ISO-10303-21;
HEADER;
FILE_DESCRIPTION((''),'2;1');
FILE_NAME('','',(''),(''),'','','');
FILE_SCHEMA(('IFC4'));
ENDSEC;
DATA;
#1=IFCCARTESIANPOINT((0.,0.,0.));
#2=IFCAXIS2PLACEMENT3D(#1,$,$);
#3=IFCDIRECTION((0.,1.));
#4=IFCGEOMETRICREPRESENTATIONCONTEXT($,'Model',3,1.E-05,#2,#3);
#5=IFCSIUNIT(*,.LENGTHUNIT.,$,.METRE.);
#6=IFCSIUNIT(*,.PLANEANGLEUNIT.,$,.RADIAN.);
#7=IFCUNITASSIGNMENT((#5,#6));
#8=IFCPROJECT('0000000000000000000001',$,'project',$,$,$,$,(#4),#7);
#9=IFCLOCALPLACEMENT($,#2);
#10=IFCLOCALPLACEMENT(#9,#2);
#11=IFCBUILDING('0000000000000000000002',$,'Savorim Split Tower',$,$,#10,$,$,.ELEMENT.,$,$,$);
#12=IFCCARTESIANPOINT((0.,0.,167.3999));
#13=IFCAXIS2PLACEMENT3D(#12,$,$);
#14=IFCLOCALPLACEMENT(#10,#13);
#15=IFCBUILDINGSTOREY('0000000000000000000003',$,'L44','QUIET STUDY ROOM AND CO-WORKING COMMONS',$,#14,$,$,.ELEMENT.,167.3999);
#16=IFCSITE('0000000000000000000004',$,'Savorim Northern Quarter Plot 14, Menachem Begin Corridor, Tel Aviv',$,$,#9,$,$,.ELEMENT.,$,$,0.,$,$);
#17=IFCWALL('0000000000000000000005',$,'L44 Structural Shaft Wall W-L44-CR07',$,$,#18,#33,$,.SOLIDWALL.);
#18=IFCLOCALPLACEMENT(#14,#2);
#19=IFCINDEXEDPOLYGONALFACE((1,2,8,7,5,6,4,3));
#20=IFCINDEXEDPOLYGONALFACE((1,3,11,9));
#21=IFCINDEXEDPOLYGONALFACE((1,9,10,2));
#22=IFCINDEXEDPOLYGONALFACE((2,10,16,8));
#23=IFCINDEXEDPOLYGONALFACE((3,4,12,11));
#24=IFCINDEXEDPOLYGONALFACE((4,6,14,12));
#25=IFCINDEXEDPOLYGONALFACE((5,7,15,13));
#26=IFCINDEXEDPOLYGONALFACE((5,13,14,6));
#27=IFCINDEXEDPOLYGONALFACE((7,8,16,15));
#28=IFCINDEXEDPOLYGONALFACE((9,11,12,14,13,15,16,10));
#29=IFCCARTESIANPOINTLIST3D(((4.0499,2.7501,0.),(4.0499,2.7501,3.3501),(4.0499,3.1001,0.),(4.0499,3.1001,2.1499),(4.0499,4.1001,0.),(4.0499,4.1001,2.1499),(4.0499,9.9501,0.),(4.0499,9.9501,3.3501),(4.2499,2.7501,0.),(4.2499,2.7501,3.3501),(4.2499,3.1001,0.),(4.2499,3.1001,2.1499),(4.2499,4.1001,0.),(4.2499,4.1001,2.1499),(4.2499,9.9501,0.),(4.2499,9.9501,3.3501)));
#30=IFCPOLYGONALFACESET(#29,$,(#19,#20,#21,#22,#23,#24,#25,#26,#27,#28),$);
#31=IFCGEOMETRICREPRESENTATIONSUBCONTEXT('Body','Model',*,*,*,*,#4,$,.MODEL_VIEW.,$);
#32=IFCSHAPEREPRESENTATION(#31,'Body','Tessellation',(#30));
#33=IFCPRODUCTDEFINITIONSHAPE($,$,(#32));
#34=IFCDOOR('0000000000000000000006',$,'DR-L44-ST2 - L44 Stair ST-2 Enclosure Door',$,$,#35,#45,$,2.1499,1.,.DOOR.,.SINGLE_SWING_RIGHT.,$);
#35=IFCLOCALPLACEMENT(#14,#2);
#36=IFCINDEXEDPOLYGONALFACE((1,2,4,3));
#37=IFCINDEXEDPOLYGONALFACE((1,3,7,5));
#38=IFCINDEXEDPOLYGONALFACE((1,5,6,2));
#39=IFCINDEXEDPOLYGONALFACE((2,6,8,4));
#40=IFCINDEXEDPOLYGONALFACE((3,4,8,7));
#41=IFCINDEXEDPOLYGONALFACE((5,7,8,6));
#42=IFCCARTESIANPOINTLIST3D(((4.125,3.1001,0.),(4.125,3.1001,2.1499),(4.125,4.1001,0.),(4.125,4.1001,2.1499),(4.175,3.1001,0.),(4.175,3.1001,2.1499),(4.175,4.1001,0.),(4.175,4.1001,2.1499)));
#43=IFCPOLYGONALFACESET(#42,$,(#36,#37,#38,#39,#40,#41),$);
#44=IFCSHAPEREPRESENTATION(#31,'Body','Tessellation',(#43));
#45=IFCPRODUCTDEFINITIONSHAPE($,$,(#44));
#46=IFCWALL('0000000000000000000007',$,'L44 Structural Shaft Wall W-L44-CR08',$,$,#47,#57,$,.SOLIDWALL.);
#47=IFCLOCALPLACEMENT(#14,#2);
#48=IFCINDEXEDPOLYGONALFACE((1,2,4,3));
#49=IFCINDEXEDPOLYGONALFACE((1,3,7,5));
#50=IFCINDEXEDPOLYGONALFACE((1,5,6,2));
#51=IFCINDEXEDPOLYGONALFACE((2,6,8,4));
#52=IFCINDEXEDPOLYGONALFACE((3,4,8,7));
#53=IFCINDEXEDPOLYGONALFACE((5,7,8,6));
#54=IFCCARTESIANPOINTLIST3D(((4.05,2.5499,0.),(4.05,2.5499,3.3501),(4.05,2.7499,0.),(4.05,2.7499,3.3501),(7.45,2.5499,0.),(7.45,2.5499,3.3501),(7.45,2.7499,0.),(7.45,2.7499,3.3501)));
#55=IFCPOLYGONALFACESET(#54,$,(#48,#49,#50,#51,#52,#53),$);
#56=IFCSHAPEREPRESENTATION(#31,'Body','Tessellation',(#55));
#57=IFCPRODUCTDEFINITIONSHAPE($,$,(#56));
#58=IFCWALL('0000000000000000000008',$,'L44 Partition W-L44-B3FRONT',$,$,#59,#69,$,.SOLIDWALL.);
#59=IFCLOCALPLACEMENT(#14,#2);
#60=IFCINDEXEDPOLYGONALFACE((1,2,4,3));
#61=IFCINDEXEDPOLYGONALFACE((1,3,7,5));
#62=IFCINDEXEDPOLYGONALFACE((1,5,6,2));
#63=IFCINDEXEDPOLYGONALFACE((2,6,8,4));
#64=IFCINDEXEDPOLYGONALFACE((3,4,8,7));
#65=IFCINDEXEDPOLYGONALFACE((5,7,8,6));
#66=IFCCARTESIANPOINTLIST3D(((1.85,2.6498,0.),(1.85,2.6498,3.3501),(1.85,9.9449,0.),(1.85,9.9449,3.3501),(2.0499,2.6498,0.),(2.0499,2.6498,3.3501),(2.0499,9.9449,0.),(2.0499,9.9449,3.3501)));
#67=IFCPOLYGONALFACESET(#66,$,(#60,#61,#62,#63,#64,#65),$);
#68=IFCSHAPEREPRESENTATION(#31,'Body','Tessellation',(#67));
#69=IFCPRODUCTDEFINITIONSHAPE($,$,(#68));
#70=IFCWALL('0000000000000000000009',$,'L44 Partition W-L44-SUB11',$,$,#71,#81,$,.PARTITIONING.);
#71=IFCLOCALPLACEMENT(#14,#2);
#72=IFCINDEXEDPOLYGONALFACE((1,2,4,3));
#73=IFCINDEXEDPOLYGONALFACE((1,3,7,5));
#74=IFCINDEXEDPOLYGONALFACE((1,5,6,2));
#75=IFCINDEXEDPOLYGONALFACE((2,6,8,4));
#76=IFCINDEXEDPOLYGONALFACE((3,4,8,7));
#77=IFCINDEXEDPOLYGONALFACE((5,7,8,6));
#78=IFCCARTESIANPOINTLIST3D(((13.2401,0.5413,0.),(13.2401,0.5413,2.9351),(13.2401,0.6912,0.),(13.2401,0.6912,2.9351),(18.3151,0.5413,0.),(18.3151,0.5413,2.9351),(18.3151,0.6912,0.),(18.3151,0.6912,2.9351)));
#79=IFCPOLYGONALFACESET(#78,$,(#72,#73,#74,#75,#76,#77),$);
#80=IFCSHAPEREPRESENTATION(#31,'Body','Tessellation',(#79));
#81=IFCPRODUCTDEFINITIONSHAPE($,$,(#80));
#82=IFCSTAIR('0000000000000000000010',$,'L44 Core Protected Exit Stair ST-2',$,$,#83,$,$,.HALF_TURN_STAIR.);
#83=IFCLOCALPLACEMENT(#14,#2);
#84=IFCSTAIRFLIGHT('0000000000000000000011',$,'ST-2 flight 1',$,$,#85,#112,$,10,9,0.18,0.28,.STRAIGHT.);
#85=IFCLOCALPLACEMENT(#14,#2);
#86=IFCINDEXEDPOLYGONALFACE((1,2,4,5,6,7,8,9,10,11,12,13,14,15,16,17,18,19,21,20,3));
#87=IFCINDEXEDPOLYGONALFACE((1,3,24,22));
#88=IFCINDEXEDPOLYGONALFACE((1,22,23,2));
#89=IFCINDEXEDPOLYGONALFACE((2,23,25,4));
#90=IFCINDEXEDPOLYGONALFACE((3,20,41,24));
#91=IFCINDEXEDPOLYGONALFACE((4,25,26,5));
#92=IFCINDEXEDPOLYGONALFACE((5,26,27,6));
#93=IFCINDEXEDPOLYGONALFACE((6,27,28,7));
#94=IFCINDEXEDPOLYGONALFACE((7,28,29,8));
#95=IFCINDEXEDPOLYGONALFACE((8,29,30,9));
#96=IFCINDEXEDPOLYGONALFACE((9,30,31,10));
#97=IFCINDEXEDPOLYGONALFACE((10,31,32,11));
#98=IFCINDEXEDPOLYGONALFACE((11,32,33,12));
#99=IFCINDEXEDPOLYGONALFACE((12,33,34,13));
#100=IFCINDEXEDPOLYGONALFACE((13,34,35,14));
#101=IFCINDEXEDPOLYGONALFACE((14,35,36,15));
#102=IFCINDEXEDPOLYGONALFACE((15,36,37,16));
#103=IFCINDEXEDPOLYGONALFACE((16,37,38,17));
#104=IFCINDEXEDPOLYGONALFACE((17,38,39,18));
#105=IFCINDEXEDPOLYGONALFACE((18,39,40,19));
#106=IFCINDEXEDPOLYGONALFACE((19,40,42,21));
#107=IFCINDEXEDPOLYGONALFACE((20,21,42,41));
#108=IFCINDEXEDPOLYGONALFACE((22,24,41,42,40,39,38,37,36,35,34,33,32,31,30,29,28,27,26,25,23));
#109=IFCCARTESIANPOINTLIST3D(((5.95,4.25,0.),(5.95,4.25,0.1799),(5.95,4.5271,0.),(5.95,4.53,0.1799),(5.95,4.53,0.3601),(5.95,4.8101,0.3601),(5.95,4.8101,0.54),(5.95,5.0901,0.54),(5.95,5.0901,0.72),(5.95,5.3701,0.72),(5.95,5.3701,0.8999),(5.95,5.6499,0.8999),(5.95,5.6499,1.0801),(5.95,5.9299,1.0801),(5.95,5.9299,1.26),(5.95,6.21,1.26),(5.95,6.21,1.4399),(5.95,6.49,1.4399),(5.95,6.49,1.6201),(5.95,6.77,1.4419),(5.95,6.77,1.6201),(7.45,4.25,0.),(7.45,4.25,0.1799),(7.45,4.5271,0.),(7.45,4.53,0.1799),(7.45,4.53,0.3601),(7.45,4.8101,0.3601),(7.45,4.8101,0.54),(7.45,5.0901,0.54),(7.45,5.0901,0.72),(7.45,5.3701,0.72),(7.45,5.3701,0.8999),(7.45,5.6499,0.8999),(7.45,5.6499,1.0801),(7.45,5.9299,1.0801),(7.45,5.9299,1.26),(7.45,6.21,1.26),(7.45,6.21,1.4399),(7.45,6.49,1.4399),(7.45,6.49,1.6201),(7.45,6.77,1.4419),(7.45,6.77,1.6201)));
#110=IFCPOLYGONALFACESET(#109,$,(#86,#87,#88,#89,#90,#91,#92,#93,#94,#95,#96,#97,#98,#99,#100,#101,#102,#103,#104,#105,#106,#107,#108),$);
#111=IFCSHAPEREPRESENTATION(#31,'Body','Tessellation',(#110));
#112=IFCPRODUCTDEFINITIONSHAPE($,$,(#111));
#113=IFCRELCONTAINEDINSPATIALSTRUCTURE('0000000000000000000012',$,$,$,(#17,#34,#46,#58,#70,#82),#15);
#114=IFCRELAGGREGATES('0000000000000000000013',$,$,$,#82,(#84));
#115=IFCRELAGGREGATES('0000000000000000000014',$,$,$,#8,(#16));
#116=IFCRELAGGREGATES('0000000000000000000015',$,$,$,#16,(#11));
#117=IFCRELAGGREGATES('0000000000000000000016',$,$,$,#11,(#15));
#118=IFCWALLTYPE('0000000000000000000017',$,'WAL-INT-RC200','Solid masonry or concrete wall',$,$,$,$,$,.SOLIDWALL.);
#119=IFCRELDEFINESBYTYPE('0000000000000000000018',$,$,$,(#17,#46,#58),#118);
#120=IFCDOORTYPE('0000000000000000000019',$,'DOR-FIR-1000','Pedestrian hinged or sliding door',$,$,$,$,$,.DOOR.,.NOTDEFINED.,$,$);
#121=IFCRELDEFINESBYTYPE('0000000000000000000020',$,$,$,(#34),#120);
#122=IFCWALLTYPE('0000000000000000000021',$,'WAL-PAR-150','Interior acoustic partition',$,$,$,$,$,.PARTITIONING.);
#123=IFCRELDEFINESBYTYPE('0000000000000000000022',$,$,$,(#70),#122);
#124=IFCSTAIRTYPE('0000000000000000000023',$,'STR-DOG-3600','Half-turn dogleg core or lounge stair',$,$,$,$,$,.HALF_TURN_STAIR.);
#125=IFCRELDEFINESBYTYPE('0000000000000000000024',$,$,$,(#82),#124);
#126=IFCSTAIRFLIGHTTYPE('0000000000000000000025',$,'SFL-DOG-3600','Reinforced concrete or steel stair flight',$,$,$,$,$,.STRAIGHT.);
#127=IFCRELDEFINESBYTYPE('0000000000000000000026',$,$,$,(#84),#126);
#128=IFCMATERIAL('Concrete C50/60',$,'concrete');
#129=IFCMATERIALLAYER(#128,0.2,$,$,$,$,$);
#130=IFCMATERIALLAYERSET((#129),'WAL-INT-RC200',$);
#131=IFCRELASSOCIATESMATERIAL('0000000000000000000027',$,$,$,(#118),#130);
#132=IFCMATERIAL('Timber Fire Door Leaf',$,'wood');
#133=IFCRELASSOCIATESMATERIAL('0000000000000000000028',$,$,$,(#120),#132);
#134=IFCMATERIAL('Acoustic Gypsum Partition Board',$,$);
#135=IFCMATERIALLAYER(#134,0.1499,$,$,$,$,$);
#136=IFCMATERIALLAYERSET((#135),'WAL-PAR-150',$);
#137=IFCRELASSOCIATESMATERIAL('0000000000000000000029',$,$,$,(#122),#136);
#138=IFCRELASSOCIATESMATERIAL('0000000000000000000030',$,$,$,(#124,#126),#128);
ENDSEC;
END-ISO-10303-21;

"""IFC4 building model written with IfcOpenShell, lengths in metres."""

from ifc_helpers import new_model, si_unit, direction, frame, frame_2d, origin, place, context, subcontext, project, spatial, polyline, rectangle, outline, extrude, material, layer, layer_set, type_object, element, fill, aggregate, save


model = new_model("IFC4")

# Units and contexts
model_context = context("Model", 3, precision=1e-05, world=origin(), true_north=direction((0.0, 1.0)))
body_context = subcontext(model_context, "Body", "Model", "MODEL_VIEW")
ifc_project = project(units=[si_unit("LENGTHUNIT", "METRE"), si_unit("PLANEANGLEUNIT", "RADIAN")], contexts=[model_context])

# Site, building, storey
site_placement = place(None, origin())
site = spatial("IfcSite", under=ifc_project, at=site_placement, Name="Savorim Northern Quarter Plot 14, Menachem Begin Corridor, Tel Aviv", CompositionType="ELEMENT", RefElevation=0.0)
building_placement = place(site_placement, origin())
building = spatial("IfcBuilding", under=site, at=building_placement, Name="Savorim Split Tower", CompositionType="ELEMENT")
storey_placement = place(building_placement, frame((0.0, 0.0, 167.3999)))
storey = spatial("IfcBuildingStorey", under=building, at=storey_placement, Name="L44", Description="QUIET STUDY ROOM AND CO-WORKING COMMONS", CompositionType="ELEMENT", Elevation=167.3999)

# Wall, opening, door
ifc_material_1 = material(Name="Concrete C50/60", Category="concrete")
ifc_layer_1 = layer(ifc_material_1, 0.2)
ifc_layer_set_1 = layer_set([ifc_layer_1], Name="WAL-INT-RC200")
wall_type_1 = type_object("IfcWallType", Name="WAL-INT-RC200", Description="Solid masonry or concrete wall", PredefinedType="SOLIDWALL", material=ifc_layer_set_1)
wall_1_placement = place(storey_placement, frame((4.1499, 2.75, 0.0), z_axis=(0.0, 0.0, 1.0), x_axis=(0.0, 1.0, 0.0)))
wall_1 = element("IfcWall", 1, at=wall_1_placement, inside=storey, type_object=wall_type_1, Name="L44 Structural Shaft Wall W-L44-CR07", PredefinedType="SOLIDWALL", context=body_context, shape_type="SweptSolid", body=[
    extrude(rectangle(XDim=7.2, YDim=0.2, at=frame_2d((3.6001, 0.0))), origin(), (0.0, 0.0, 1.0), 3.3501),
])
opening_placement = place(wall_1_placement, frame((0.3501, 0.0, 0.0)))
opening = element("IfcOpeningElement", 2, at=opening_placement, cuts=wall_1, PredefinedType="OPENING", context=body_context, shape_type="SweptSolid", body=[
    extrude(rectangle(XDim=1.0, YDim=2.1499, at=frame_2d((0.5, 1.075))), frame((0.0, 0.1099, 0.0), z_axis=(0.0, -1.0, 0.0), x_axis=(1.0, 0.0, 0.0)), (0.0, 0.0, 1.0), 0.22),
])
ifc_material_2 = material(Name="Timber Fire Door Leaf", Category="wood")
door_type = type_object("IfcDoorType", Name="DOR-FIR-1000", Description="Pedestrian hinged or sliding door", OperationType="NOTDEFINED", PredefinedType="DOOR", material=ifc_material_2)
door_placement = place(opening_placement, origin())
door = element("IfcDoor", 3, at=door_placement, inside=storey, type_object=door_type, Name="DR-L44-ST2 - L44 Stair ST-2 Enclosure Door", OperationType="SINGLE_SWING_RIGHT", OverallHeight=2.1499, OverallWidth=1.0, PredefinedType="DOOR", context=body_context, shape_type="SweptSolid", body=[
    extrude(rectangle(XDim=1.0, YDim=2.1499, at=frame_2d((0.5, 1.075))), frame((0.0, 0.0249, 0.0), z_axis=(0.0, -1.0, 0.0), x_axis=(1.0, 0.0, 0.0)), (0.0, 0.0, 1.0), 0.05),
])
fill(opening, door)

# Walls
wall_2_placement = place(storey_placement, frame((4.05, 2.6499, 0.0), z_axis=(0.0, 0.0, 1.0), x_axis=(1.0, 0.0, 0.0)))
element("IfcWall", 4, at=wall_2_placement, inside=storey, type_object=wall_type_1, Name="L44 Structural Shaft Wall W-L44-CR08", PredefinedType="SOLIDWALL", context=body_context, shape_type="SweptSolid", body=[
    extrude(rectangle(XDim=3.3999, YDim=0.2, at=frame_2d((1.7, 0.0))), origin(), (0.0, 0.0, 1.0), 3.3501),
])
wall_3_placement = place(storey_placement, frame((1.95, 2.6499, 0.0), z_axis=(0.0, 0.0, 1.0), x_axis=(0.0, 1.0, 0.0)))
element("IfcWall", 5, at=wall_3_placement, inside=storey, type_object=wall_type_1, Name="L44 Partition W-L44-B3FRONT", PredefinedType="SOLIDWALL", context=body_context, shape_type="SweptSolid", body=[
    extrude(rectangle(XDim=7.2952, YDim=0.2, at=frame_2d((3.6475, 0.0))), origin(), (0.0, 0.0, 1.0), 3.3501),
])
ifc_material_3 = material(Name="Acoustic Gypsum Partition Board")
ifc_layer_2 = layer(ifc_material_3, 0.1499)
ifc_layer_set_2 = layer_set([ifc_layer_2], Name="WAL-PAR-150")
wall_type_2 = type_object("IfcWallType", Name="WAL-PAR-150", Description="Interior acoustic partition", PredefinedType="PARTITIONING", material=ifc_layer_set_2)
wall_4_placement = place(storey_placement, frame((13.24, 0.6162, 0.0), z_axis=(0.0, 0.0, 1.0), x_axis=(1.0, 0.0, 0.0)))
element("IfcWall", 6, at=wall_4_placement, inside=storey, type_object=wall_type_2, Name="L44 Partition W-L44-SUB11", PredefinedType="PARTITIONING", context=body_context, shape_type="SweptSolid", body=[
    extrude(rectangle(XDim=5.075, YDim=0.1499, at=frame_2d((2.5376, 0.0))), origin(), (0.0, 0.0, 1.0), 2.9351),
])

# Stair, stair flight
stair_type = type_object("IfcStairType", Name="STR-DOG-3600", Description="Half-turn dogleg core or lounge stair", PredefinedType="HALF_TURN_STAIR", material=ifc_material_1)
stair_placement = place(storey_placement, origin())
stair = element("IfcStair", 7, at=stair_placement, inside=storey, type_object=stair_type, Name="L44 Core Protected Exit Stair ST-2", PredefinedType="HALF_TURN_STAIR")
stair_flight_type = type_object("IfcStairFlightType", Name="SFL-DOG-3600", Description="Reinforced concrete or steel stair flight", PredefinedType="STRAIGHT", material=ifc_material_1)
stair_flight_placement = place(storey_placement, frame((6.7, 4.25, 0.0), z_axis=(0.0, 0.0, 1.0), x_axis=(0.0, 1.0, 0.0)))
stair_flight = element("IfcStairFlight", 8, at=stair_flight_placement, type_object=stair_flight_type, Name="ST-2 flight 1", NumberOfRisers=10, NumberOfTreads=9, PredefinedType="STRAIGHT", RiserHeight=0.18, TreadLength=0.28, context=body_context, shape_type="SweptSolid", body=[
    extrude(outline(polyline([(0.0, 0.0), (0.0, 0.1799), (0.28, 0.1799), (0.28, 0.3601), (0.5601, 0.3601), (0.5601, 0.54), (0.8401, 0.54), (0.8401, 0.72), (1.1201, 0.72), (1.1201, 0.8999), (1.3999, 0.8999), (1.3999, 1.0801), (1.6799, 1.0801), (1.6799, 1.26), (1.96, 1.26), (1.96, 1.4399), (2.24, 1.4399), (2.24, 1.6201), (2.52, 1.6201), (2.52, 1.8), (2.52, 1.4419), (0.2771, 0.0), (0.0, 0.0)])), frame((0.0, 0.75, 0.0), z_axis=(0.0, -1.0, 0.0), x_axis=(1.0, 0.0, 0.0)), (0.0, 0.0, 1.0), 1.5),
])
aggregate(stair, [stair_flight])

save(model, "model.ifc")
